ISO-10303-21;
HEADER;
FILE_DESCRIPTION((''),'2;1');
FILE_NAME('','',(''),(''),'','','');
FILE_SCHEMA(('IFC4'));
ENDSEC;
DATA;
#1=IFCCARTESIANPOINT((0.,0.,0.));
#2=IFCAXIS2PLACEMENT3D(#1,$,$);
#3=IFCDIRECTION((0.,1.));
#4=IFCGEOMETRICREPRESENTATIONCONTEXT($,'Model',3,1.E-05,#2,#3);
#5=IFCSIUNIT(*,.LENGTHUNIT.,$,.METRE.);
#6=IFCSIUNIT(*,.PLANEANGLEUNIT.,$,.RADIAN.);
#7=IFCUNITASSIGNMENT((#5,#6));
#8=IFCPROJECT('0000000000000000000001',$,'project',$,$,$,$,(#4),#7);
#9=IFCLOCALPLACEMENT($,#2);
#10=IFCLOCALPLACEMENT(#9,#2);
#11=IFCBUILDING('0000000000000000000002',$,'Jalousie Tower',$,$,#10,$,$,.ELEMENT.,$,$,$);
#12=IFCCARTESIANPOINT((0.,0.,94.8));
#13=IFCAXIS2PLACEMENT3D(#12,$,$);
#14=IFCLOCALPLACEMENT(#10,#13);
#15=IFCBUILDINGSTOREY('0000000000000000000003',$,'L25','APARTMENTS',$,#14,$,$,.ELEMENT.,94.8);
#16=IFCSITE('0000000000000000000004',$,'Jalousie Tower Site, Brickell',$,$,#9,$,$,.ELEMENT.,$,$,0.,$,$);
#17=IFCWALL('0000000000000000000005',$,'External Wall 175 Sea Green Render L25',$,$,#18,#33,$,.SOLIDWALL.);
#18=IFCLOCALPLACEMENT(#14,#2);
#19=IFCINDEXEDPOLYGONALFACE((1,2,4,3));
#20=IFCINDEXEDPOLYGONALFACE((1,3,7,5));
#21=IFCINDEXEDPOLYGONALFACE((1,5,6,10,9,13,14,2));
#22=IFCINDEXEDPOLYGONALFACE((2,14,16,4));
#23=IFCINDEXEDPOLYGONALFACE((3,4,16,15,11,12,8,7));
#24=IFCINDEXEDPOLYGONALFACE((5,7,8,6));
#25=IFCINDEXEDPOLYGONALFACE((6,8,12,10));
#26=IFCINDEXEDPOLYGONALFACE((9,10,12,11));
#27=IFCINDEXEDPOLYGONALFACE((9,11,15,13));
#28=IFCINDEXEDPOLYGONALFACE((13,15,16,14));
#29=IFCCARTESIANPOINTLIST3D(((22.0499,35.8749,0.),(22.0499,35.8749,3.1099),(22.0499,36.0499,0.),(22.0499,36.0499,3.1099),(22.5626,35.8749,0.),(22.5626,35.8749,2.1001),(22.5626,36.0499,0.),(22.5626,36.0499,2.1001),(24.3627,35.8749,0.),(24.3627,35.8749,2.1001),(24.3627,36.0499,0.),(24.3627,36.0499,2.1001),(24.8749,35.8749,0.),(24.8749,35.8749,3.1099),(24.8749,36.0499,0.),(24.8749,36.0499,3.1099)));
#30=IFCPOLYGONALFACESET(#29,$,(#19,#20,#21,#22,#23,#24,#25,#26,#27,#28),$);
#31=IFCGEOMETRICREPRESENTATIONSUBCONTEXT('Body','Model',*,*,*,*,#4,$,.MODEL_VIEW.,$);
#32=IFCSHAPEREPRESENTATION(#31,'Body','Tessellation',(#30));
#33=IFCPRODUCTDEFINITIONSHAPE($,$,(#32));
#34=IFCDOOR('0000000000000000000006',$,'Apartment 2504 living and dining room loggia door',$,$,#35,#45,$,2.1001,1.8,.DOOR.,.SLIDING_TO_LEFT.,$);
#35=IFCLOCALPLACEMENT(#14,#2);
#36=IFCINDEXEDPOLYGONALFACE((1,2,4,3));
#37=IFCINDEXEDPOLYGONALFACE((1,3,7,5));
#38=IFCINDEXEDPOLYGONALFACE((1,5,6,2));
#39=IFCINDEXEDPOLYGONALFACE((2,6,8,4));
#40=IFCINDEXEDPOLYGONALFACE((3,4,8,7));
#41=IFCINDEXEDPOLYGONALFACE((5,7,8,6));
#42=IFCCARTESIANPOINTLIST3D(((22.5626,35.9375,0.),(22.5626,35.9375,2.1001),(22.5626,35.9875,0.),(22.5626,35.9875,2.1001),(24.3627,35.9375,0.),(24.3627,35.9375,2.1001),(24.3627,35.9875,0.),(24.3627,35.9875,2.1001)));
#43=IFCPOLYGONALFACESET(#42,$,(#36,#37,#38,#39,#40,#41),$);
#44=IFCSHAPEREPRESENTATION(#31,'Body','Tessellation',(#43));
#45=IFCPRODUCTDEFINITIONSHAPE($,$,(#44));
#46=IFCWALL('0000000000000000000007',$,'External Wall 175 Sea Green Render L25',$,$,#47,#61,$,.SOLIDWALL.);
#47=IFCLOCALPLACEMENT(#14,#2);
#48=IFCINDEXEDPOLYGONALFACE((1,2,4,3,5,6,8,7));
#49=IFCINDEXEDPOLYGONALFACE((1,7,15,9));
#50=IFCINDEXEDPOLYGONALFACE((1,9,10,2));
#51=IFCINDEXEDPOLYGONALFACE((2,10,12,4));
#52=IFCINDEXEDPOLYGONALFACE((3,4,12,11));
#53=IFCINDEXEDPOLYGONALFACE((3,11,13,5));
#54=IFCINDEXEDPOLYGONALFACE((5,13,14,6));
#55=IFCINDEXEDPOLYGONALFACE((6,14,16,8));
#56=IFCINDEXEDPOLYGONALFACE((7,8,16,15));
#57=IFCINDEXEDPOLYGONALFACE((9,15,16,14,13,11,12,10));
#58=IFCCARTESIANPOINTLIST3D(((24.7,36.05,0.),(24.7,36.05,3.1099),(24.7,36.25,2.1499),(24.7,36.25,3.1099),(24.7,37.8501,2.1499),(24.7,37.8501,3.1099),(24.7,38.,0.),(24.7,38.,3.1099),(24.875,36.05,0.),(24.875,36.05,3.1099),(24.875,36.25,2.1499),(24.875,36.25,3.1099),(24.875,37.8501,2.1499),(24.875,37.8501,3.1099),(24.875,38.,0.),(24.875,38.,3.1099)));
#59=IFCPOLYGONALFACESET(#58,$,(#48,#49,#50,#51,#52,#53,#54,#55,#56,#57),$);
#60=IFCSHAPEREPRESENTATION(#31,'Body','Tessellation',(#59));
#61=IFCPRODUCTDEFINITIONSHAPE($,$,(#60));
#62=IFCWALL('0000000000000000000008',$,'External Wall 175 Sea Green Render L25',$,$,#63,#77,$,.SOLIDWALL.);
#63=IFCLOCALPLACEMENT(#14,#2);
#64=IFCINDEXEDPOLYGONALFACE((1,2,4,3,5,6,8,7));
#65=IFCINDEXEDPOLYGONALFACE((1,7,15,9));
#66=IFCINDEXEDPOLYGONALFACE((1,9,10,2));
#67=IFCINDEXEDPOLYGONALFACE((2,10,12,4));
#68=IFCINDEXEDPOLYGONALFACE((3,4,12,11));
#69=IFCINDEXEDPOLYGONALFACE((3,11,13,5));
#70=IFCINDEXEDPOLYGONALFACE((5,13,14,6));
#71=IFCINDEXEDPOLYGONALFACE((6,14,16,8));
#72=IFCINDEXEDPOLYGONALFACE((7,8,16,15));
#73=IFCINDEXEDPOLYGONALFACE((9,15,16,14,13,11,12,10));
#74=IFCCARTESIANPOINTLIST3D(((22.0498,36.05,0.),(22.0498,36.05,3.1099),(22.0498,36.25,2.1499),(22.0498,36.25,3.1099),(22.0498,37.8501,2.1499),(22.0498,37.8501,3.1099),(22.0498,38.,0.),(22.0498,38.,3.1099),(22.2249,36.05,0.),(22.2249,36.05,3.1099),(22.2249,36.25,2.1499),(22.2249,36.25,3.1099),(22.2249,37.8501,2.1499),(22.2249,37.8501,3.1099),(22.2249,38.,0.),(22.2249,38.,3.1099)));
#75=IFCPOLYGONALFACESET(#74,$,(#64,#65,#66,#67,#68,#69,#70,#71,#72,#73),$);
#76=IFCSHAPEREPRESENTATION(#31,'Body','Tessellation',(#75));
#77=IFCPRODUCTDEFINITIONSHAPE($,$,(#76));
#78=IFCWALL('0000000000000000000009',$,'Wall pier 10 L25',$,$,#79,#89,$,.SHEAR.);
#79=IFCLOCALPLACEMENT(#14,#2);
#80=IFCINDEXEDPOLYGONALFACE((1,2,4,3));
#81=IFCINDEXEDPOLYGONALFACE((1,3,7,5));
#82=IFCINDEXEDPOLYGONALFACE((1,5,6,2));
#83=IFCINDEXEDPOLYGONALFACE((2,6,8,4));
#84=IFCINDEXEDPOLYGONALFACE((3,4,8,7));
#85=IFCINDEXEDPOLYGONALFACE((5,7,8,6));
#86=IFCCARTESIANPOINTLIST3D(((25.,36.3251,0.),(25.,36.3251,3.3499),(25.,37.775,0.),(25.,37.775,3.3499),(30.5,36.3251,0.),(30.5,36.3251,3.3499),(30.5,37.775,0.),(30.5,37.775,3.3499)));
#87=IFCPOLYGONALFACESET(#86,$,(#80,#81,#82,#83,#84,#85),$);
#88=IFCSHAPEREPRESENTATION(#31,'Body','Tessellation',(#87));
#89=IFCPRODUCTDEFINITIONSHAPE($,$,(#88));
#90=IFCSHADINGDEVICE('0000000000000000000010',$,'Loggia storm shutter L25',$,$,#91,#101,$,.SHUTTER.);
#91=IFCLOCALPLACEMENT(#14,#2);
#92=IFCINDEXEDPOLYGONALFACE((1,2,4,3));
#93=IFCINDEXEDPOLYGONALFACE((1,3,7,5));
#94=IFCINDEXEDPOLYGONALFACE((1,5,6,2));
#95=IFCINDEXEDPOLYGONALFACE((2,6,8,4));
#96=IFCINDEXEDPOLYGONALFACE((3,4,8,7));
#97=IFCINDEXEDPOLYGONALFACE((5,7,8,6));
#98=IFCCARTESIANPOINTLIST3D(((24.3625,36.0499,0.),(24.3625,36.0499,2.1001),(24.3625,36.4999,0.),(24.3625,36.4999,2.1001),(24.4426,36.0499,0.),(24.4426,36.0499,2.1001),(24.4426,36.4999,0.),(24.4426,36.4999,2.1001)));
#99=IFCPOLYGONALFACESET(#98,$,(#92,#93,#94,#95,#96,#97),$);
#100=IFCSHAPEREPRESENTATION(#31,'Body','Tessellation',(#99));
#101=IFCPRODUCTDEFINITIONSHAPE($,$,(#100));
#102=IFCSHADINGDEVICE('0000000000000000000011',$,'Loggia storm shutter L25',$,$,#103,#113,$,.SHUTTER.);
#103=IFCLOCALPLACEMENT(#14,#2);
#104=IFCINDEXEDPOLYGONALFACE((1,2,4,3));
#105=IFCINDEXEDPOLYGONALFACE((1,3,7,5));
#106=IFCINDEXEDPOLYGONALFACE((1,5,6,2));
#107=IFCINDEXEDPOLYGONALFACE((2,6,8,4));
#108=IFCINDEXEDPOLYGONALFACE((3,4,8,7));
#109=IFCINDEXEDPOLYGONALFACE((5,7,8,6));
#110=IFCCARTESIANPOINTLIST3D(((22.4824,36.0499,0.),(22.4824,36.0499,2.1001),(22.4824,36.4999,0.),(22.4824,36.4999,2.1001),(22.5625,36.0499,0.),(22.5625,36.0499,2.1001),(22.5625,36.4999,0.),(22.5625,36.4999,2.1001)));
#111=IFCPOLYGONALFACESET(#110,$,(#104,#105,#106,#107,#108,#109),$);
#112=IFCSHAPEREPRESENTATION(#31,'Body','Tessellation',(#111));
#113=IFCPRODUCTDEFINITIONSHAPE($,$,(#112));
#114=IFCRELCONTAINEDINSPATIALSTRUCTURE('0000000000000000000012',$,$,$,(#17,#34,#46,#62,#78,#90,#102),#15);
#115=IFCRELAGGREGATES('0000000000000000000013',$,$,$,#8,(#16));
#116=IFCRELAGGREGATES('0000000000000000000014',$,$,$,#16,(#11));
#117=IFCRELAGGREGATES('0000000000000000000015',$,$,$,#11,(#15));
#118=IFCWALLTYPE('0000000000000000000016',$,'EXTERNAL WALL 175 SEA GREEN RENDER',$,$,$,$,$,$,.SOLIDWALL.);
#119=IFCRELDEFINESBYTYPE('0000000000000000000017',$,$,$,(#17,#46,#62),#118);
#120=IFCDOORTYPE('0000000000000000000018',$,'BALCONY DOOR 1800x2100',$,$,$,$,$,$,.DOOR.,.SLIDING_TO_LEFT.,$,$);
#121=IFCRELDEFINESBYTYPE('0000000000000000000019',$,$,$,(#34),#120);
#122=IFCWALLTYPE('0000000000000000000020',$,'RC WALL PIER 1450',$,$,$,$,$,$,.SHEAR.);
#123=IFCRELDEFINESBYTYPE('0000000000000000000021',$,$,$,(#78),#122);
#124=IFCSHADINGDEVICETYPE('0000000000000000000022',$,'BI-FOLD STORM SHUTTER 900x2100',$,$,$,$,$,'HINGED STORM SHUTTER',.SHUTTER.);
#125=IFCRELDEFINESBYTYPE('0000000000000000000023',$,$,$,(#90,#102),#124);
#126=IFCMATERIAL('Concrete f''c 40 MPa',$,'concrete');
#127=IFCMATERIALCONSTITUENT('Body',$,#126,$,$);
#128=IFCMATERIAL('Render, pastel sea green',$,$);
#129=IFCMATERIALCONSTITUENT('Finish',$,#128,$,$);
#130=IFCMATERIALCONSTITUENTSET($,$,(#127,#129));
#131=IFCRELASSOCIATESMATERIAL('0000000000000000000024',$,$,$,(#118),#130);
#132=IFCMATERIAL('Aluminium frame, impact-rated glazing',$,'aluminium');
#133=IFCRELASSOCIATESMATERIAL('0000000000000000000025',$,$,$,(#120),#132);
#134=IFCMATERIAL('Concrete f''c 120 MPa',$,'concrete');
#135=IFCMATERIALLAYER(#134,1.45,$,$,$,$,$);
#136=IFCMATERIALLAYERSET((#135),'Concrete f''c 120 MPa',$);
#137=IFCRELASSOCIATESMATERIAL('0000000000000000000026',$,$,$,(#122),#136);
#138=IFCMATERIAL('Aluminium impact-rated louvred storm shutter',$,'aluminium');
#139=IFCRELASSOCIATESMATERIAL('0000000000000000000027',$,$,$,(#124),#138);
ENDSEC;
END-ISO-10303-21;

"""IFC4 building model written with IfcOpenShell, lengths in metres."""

from ifc_helpers import new_model, si_unit, direction, frame, frame_2d, origin, origin_2d, place, context, subcontext, project, spatial, polyline, rectangle, outline, extrude, material, layer, layer_set, constituent, constituent_set, type_object, element, fill, save


model = new_model("IFC4")

# Units and contexts
model_context = context("Model", 3, precision=1e-05, world=origin(), true_north=direction((0.0, 1.0)))
body_context = subcontext(model_context, "Body", "Model", "MODEL_VIEW")
ifc_project = project(units=[si_unit("LENGTHUNIT", "METRE"), si_unit("PLANEANGLEUNIT", "RADIAN")], contexts=[model_context])

# Site, building, storey
site_placement = place(None, origin())
site = spatial("IfcSite", under=ifc_project, at=site_placement, Name="Jalousie Tower Site, Brickell", CompositionType="ELEMENT", RefElevation=0.0)
building_placement = place(site_placement, origin())
building = spatial("IfcBuilding", under=site, at=building_placement, Name="Jalousie Tower", CompositionType="ELEMENT")
storey_placement = place(building_placement, frame((0.0, 0.0, 94.8)))
storey = spatial("IfcBuildingStorey", under=building, at=storey_placement, Name="L25", Description="APARTMENTS", CompositionType="ELEMENT", Elevation=94.8)

# Shared definitions
ifc_material_1 = material(Name="Concrete f'c 40 MPa", Category="concrete")
ifc_constituent_1 = constituent(ifc_material_1, Name="Body")
ifc_material_2 = material(Name="Render, pastel sea green")
ifc_constituent_2 = constituent(ifc_material_2, Name="Finish")
ifc_constituent_set = constituent_set(constituents=[ifc_constituent_1, ifc_constituent_2])
wall_type_1 = type_object("IfcWallType", Name="EXTERNAL WALL 175 SEA GREEN RENDER", PredefinedType="SOLIDWALL", material=ifc_constituent_set)

# Wall, opening, door
wall_1_placement = place(storey_placement, frame((24.875, 35.9624, 0.0), z_axis=(0.0, 0.0, 1.0), x_axis=(-1.0, 0.0, 0.0)))
wall_1 = element("IfcWall", 1, at=wall_1_placement, inside=storey, type_object=wall_type_1, Name="External Wall 175 Sea Green Render L25", PredefinedType="SOLIDWALL", context=body_context, shape_type="SweptSolid", body=[
    extrude(rectangle(XDim=2.825, YDim=0.175, at=frame_2d((1.4126, 0.0))), origin(), (0.0, 0.0, 1.0), 3.1099),
])
opening_1_placement = place(wall_1_placement, frame((0.5125, 0.0, 0.0)))
opening_1 = element("IfcOpeningElement", 2, at=opening_1_placement, cuts=wall_1, PredefinedType="OPENING", context=body_context, shape_type="SweptSolid", body=[
    extrude(rectangle(XDim=1.8, YDim=2.1001, at=frame_2d((0.8999, 1.05))), frame((0.0, 0.0974, 0.0), z_axis=(0.0, -1.0, 0.0), x_axis=(1.0, 0.0, 0.0)), (0.0, 0.0, 1.0), 0.1951),
])
ifc_material_3 = material(Name="Aluminium frame, impact-rated glazing", Category="aluminium")
door_type = type_object("IfcDoorType", Name="BALCONY DOOR 1800x2100", OperationType="SLIDING_TO_LEFT", PredefinedType="DOOR", material=ifc_material_3)
door_placement = place(opening_1_placement, origin())
door = element("IfcDoor", 3, at=door_placement, inside=storey, type_object=door_type, Name="Apartment 2504 living and dining room loggia door", OperationType="SLIDING_TO_LEFT", OverallHeight=2.1001, OverallWidth=1.8, PredefinedType="DOOR", context=body_context, shape_type="SweptSolid", body=[
    extrude(rectangle(XDim=1.8, YDim=2.1001, at=frame_2d((0.8999, 1.05))), frame((0.0, 0.0249, 0.0), z_axis=(0.0, -1.0, 0.0), x_axis=(1.0, 0.0, 0.0)), (0.0, 0.0, 1.0), 0.05),
])
fill(opening_1, door)

# Walls
for number, where, z_axis, x_axis, name in (
    (4, (24.7876, 38.0, 0.0), (0.0, 0.0, 1.0), (0.0, -1.0, 0.0), "External Wall 175 Sea Green Render L25"),
    (5, (22.1375, 38.0, 0.0), (0.0, 0.0, 1.0), (0.0, -1.0, 0.0), "External Wall 175 Sea Green Render L25"),
):
    element("IfcWall", number, at=place(storey_placement, frame(where, z_axis=z_axis, x_axis=x_axis)), inside=storey, type_object=wall_type_1, Name=name, PredefinedType="SOLIDWALL", context=body_context, shape_type="SweptSolid", body=[
        extrude(outline(polyline([(0.0, 0.0), (1.95, 0.0), (1.95, 3.1099), (1.75, 3.1099), (1.75, 2.1499), (0.1499, 2.1499), (0.1499, 3.1099), (0.0, 3.1099), (0.0, 0.0)])), frame((0.0, 0.0874, 0.0), z_axis=(0.0, -1.0, 0.0), x_axis=(1.0, 0.0, 0.0)), (0.0, 0.0, 1.0), 0.175),
    ])
ifc_material_4 = material(Name="Concrete f'c 120 MPa", Category="concrete")
ifc_layer_1 = layer(ifc_material_4, 1.45)
ifc_layer_set_1 = layer_set([ifc_layer_1], Name="Concrete f'c 120 MPa")
wall_type_2 = type_object("IfcWallType", Name="RC WALL PIER 1450", PredefinedType="SHEAR", material=ifc_layer_set_1)
wall_2_placement = place(storey_placement, frame((25.0, 37.05, 0.0), z_axis=(0.0, 0.0, 1.0), x_axis=(1.0, 0.0, 0.0)))
element("IfcWall", 6, at=wall_2_placement, inside=storey, type_object=wall_type_2, Name="Wall pier 10 L25", PredefinedType="SHEAR", context=body_context, shape_type="SweptSolid", body=[
    extrude(rectangle(XDim=5.5, YDim=1.45, at=frame_2d((2.75, 0.0))), origin(), (0.0, 0.0, 1.0), 3.3499),
])

# Shading devices
ifc_material_5 = material(Name="Aluminium impact-rated louvred storm shutter", Category="aluminium")
shading_device_type_1 = type_object("IfcShadingDeviceType", Name="BI-FOLD STORM SHUTTER 900x2100", ElementType="HINGED STORM SHUTTER", PredefinedType="SHUTTER", material=ifc_material_5)
for number, where, z_axis, x_axis, name in (
    (7, (24.4026, 36.2749, 0.0), (0.0, 0.0, 1.0), (0.0, -1.0, 0.0), "Loggia storm shutter L25"),
    (8, (22.5225, 36.2749, 0.0), (0.0, 0.0, 1.0), (0.0, -1.0, 0.0), "Loggia storm shutter L25"),
):
    element("IfcShadingDevice", number, at=place(storey_placement, frame(where, z_axis=z_axis, x_axis=x_axis)), inside=storey, type_object=shading_device_type_1, Name=name, PredefinedType="SHUTTER", context=body_context, shape_type="SweptSolid", body=[
        extrude(rectangle(XDim=0.45, YDim=0.0801, at=origin_2d()), origin(), (0.0, 0.0, 1.0), 2.1001),
    ])

save(model, "model.ifc")
